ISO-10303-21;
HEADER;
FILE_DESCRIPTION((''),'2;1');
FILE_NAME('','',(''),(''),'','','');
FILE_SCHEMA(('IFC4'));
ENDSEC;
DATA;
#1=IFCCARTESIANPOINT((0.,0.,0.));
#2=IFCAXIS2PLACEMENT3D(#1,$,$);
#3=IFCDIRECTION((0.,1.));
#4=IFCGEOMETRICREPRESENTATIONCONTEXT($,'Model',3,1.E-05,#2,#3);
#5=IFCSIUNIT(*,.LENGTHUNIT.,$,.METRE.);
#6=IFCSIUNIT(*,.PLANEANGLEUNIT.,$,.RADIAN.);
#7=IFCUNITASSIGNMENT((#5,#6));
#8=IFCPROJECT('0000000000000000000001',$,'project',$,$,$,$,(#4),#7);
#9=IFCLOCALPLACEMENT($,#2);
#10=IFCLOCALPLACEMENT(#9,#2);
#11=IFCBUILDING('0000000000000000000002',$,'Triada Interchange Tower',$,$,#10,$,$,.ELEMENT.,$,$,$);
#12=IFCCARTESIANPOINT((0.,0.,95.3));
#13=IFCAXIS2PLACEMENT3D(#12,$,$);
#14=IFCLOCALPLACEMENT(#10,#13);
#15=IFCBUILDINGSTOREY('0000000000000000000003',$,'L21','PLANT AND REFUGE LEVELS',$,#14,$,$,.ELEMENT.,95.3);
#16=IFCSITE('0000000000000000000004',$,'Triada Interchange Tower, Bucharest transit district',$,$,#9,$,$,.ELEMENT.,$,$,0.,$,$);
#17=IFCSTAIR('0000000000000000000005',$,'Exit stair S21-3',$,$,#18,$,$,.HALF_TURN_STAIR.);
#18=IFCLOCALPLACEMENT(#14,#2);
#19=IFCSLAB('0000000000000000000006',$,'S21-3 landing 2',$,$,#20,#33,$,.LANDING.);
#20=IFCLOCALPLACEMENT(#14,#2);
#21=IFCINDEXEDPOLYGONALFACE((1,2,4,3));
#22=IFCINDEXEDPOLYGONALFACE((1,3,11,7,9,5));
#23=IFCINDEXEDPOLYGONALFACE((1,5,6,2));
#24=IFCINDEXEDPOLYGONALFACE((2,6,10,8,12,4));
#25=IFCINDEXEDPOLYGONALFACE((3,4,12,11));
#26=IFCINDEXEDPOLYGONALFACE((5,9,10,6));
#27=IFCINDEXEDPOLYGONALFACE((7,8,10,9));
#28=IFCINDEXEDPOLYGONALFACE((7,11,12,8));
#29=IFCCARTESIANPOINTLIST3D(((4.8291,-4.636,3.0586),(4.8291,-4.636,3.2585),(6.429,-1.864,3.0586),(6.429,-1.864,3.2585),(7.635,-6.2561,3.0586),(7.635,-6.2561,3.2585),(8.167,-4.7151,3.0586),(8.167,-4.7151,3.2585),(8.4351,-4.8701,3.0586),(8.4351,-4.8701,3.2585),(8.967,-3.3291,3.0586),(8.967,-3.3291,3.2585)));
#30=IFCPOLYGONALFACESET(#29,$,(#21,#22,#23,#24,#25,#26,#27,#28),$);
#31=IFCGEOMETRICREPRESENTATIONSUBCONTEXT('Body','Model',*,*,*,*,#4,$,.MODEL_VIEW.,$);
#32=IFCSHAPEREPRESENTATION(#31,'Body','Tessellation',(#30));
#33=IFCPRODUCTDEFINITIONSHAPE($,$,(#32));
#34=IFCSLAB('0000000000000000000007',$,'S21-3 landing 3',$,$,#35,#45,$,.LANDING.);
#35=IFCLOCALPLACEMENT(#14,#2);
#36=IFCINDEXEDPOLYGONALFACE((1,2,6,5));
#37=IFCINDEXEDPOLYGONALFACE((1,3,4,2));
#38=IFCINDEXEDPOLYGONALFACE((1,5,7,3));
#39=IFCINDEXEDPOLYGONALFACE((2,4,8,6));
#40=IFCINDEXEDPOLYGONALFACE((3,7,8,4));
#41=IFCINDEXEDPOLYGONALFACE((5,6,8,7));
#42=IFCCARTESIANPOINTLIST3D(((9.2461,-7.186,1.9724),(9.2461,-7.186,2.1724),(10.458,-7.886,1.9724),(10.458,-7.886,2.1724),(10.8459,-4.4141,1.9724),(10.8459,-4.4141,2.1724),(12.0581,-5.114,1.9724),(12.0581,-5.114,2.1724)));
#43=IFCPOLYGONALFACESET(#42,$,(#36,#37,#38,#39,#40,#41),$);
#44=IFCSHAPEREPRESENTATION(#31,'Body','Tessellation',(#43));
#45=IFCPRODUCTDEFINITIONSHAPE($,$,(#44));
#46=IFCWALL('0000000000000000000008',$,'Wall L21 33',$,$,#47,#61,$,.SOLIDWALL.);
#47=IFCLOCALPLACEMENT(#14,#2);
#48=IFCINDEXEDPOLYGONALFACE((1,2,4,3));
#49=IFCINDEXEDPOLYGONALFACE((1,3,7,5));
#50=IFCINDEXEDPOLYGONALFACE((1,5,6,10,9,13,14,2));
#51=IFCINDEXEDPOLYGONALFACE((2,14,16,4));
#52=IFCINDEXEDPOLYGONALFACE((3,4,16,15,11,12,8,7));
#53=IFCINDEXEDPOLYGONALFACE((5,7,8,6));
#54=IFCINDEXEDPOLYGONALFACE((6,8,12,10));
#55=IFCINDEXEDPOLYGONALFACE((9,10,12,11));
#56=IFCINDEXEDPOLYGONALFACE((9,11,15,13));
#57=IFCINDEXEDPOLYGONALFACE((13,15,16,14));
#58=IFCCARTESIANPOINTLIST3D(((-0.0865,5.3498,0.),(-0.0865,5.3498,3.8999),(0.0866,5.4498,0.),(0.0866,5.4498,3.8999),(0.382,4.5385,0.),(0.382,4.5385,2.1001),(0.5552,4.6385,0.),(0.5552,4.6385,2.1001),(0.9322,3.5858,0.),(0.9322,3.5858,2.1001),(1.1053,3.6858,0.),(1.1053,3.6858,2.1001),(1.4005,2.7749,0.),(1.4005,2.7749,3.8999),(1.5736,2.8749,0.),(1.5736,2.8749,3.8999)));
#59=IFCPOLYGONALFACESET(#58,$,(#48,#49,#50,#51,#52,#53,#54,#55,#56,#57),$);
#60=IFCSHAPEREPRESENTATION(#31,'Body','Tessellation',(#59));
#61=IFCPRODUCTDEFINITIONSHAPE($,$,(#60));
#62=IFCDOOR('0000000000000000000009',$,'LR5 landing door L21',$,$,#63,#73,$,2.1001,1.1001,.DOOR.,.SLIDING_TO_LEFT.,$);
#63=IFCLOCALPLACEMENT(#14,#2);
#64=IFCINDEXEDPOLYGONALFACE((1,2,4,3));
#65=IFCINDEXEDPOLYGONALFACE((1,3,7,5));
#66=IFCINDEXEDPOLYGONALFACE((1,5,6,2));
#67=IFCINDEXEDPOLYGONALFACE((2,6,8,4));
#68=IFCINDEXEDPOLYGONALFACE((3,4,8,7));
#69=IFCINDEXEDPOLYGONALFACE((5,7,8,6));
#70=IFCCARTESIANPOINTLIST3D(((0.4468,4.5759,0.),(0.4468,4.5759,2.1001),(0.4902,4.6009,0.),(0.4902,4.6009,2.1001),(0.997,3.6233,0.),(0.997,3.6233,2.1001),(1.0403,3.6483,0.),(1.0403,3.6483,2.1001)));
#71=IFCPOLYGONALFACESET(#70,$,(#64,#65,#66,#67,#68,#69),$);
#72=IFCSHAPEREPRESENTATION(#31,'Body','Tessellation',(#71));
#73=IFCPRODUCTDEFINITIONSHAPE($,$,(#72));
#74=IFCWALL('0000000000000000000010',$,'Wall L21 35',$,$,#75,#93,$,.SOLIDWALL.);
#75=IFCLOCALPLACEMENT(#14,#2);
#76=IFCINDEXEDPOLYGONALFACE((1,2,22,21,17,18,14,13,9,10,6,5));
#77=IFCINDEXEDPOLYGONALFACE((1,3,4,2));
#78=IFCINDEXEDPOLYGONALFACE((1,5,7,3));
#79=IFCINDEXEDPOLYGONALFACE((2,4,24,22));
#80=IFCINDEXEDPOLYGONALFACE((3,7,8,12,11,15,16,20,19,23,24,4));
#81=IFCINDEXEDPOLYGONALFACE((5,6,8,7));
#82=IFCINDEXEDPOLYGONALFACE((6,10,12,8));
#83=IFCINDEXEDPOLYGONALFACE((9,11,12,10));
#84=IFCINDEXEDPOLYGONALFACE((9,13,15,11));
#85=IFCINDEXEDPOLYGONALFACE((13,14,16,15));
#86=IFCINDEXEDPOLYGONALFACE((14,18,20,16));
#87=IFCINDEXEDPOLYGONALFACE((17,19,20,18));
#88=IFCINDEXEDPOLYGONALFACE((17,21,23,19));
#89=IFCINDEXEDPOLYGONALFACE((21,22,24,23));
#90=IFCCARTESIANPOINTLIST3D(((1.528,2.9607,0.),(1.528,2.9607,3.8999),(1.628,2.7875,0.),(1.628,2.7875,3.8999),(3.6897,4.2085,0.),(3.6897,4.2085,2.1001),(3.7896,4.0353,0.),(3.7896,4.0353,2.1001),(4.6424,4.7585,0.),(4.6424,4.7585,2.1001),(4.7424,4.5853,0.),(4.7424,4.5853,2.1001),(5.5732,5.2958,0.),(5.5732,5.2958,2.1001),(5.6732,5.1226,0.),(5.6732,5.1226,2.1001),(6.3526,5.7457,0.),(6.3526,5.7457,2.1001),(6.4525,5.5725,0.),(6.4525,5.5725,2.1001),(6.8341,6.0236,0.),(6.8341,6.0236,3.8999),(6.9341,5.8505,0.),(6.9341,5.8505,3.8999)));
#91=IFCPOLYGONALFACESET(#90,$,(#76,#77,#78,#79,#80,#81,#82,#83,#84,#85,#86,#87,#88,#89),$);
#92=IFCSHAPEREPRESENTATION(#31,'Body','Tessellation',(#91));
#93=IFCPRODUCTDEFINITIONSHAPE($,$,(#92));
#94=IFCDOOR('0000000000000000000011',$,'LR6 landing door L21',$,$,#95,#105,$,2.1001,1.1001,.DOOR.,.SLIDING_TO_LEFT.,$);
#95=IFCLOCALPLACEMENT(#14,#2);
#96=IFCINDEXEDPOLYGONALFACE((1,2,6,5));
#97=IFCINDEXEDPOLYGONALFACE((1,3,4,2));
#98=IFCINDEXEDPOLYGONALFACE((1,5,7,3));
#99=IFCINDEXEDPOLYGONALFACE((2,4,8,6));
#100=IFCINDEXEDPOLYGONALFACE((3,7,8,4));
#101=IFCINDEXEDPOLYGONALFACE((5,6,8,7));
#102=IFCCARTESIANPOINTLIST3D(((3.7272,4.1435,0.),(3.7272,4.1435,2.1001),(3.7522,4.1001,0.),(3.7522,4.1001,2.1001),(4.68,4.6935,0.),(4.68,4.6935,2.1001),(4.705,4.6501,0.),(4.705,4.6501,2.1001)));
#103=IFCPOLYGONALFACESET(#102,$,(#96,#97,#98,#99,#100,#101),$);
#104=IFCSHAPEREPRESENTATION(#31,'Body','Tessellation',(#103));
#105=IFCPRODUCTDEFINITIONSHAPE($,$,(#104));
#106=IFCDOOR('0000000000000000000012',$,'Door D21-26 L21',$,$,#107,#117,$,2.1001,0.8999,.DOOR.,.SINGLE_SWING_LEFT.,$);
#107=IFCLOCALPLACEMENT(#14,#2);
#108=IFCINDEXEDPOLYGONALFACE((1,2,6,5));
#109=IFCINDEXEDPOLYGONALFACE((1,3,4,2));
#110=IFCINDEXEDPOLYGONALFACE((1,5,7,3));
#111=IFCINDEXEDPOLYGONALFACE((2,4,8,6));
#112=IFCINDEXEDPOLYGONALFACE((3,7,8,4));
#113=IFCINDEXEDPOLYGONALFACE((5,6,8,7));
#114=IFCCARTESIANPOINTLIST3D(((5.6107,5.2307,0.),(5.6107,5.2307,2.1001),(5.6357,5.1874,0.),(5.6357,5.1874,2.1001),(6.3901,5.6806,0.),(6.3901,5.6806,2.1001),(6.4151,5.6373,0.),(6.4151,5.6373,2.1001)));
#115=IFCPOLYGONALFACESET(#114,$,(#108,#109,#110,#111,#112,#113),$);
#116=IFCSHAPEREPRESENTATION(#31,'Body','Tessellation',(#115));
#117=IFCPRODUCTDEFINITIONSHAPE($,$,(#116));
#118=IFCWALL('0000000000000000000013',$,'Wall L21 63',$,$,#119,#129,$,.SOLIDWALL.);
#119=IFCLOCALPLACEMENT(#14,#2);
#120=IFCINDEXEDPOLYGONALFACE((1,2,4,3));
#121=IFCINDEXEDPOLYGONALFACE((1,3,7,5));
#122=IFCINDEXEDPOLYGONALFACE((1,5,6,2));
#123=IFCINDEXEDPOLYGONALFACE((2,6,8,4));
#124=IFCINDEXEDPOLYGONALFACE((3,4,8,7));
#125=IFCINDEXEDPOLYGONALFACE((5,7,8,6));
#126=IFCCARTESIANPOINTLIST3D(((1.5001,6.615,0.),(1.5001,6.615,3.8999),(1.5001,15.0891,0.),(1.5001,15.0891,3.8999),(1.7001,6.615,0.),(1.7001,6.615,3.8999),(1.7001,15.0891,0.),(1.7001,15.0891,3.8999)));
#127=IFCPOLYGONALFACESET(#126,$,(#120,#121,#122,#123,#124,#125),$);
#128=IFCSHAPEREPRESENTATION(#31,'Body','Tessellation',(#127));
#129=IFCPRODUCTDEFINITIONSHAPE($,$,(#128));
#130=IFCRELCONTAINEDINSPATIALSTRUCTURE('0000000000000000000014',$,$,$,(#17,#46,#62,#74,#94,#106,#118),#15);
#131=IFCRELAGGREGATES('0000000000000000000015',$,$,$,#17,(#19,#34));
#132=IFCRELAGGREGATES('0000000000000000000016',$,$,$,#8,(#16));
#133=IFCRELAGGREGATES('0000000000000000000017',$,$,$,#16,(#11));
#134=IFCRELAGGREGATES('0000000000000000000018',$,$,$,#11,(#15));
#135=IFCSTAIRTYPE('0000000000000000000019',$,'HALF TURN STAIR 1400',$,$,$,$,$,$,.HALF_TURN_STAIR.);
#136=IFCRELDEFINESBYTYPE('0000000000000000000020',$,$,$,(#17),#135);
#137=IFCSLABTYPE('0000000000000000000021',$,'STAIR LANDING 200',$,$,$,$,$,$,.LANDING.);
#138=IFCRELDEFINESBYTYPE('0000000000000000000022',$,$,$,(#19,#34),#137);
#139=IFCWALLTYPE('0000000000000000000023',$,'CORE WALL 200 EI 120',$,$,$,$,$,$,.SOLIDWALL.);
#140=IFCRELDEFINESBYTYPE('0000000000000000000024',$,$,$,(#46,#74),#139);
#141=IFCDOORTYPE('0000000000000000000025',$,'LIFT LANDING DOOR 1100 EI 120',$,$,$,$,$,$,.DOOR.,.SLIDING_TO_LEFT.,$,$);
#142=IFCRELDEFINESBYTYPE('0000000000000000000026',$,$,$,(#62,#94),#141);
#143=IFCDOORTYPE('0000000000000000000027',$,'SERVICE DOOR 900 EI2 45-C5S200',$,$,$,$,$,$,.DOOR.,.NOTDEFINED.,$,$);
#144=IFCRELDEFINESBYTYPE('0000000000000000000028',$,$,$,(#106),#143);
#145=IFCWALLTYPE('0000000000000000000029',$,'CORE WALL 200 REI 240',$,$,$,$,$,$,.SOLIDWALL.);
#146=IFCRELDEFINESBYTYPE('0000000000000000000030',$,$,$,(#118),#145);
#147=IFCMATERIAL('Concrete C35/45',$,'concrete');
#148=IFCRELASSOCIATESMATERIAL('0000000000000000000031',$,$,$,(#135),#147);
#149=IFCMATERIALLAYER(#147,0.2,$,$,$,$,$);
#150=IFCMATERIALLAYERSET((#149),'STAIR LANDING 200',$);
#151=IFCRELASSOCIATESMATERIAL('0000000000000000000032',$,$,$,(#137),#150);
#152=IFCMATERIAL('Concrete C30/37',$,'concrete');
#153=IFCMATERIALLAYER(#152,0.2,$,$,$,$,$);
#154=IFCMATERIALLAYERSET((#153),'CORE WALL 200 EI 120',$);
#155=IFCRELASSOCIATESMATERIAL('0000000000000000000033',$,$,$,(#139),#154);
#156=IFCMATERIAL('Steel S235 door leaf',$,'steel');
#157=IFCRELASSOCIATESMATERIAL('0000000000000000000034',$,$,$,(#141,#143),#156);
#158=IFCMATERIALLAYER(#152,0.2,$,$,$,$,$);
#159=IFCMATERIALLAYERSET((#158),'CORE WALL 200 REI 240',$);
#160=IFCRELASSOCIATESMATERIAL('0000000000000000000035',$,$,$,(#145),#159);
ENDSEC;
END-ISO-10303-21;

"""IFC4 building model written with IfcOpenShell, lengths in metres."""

from ifc_helpers import new_model, si_unit, direction, frame, frame_2d, origin, place, context, subcontext, project, spatial, polyline, rectangle, outline, extrude, material, layer, layer_set, type_object, element, fill, aggregate, save


model = new_model("IFC4")

# Units and contexts
model_context = context("Model", 3, precision=1e-05, world=origin(), true_north=direction((0.0, 1.0)))
body_context = subcontext(model_context, "Body", "Model", "MODEL_VIEW")
ifc_project = project(units=[si_unit("LENGTHUNIT", "METRE"), si_unit("PLANEANGLEUNIT", "RADIAN")], contexts=[model_context])

# Site, building, storey
site_placement = place(None, origin())
site = spatial("IfcSite", under=ifc_project, at=site_placement, Name="Triada Interchange Tower, Bucharest transit district", CompositionType="ELEMENT", RefElevation=0.0)
building_placement = place(site_placement, origin())
building = spatial("IfcBuilding", under=site, at=building_placement, Name="Triada Interchange Tower", CompositionType="ELEMENT")
storey_placement = place(building_placement, frame((0.0, 0.0, 95.3)))
storey = spatial("IfcBuildingStorey", under=building, at=storey_placement, Name="L21", Description="PLANT AND REFUGE LEVELS", CompositionType="ELEMENT", Elevation=95.3)

# Stair, slabs
ifc_material_1 = material(Name="Concrete C35/45", Category="concrete")
stair_type = type_object("IfcStairType", Name="HALF TURN STAIR 1400", PredefinedType="HALF_TURN_STAIR", material=ifc_material_1)
ifc_layer_1 = layer(ifc_material_1, 0.2)
ifc_layer_set_1 = layer_set([ifc_layer_1], Name="STAIR LANDING 200")
slab_type_1 = type_object("IfcSlabType", Name="STAIR LANDING 200", PredefinedType="LANDING", material=ifc_layer_set_1)
stair_1_placement = place(storey_placement, origin())
stair_1 = element("IfcStair", 1, at=stair_1_placement, inside=storey, type_object=stair_type, Name="Exit stair S21-3", PredefinedType="HALF_TURN_STAIR")
slab_1_placement = place(storey_placement, frame((0.0, 0.0, 3.0586)))
slab_1 = element("IfcSlab", 2, at=slab_1_placement, type_object=slab_type_1, Name="S21-3 landing 2", PredefinedType="LANDING", context=body_context, shape_type="SweptSolid", body=[
    extrude(outline(polyline([(4.8291, -4.636), (7.635, -6.2561), (8.4351, -4.8701), (8.167, -4.7151), (8.967, -3.3291), (6.429, -1.864), (4.8291, -4.636)])), origin(), (0.0, 0.0, 1.0), 0.2),
])
slab_2_placement = place(storey_placement, frame((0.0, 0.0, 1.9724)))
slab_2 = element("IfcSlab", 3, at=slab_2_placement, type_object=slab_type_1, Name="S21-3 landing 3", PredefinedType="LANDING", context=body_context, shape_type="SweptSolid", body=[
    extrude(outline(polyline([(9.2461, -7.186), (10.458, -7.886), (12.0581, -5.114), (10.8459, -4.4141), (9.2461, -7.186)])), origin(), (0.0, 0.0, 1.0), 0.2),
])
aggregate(stair_1, [slab_1, slab_2])

# Wall, opening, door
ifc_material_2 = material(Name="Concrete C30/37", Category="concrete")
ifc_layer_2 = layer(ifc_material_2, 0.2)
ifc_layer_set_2 = layer_set([ifc_layer_2], Name="CORE WALL 200 EI 120")
wall_type_1 = type_object("IfcWallType", Name="CORE WALL 200 EI 120", PredefinedType="SOLIDWALL", material=ifc_layer_set_2)
wall_1_placement = place(storey_placement, frame((0.0, 5.3999, 0.0), z_axis=(0.0, 0.0, 1.0), x_axis=(0.500104, -0.865965, 0.0)))
wall_1 = element("IfcWall", 4, at=wall_1_placement, inside=storey, type_object=wall_type_1, Name="Wall L21 33", PredefinedType="SOLIDWALL", context=body_context, shape_type="SweptSolid", body=[
    extrude(rectangle(XDim=2.9734, YDim=0.2, at=frame_2d((1.4868, 0.0))), origin(), (0.0, 0.0, 1.0), 3.8999),
])
opening_1_placement = place(wall_1_placement, frame((0.937, 0.0, 0.0)))
opening_1 = element("IfcOpeningElement", 5, at=opening_1_placement, cuts=wall_1, PredefinedType="OPENING", context=body_context, shape_type="SweptSolid", body=[
    extrude(rectangle(XDim=1.1001, YDim=2.1001, at=frame_2d((0.55, 1.05))), frame((0.0, 0.1099, 0.0), z_axis=(0.0, -1.0, 0.0), x_axis=(1.0, 0.0, 0.0)), (0.0, 0.0, 1.0), 0.22),
])
ifc_material_3 = material(Name="Steel S235 door leaf", Category="steel")
door_type_1 = type_object("IfcDoorType", Name="LIFT LANDING DOOR 1100 EI 120", OperationType="SLIDING_TO_LEFT", PredefinedType="DOOR", material=ifc_material_3)
door_1_placement = place(opening_1_placement, origin())
door_1 = element("IfcDoor", 6, at=door_1_placement, inside=storey, type_object=door_type_1, Name="LR5 landing door L21", OperationType="SLIDING_TO_LEFT", OverallHeight=2.1001, OverallWidth=1.1001, PredefinedType="DOOR", context=body_context, shape_type="SweptSolid", body=[
    extrude(rectangle(XDim=1.1001, YDim=2.1001, at=frame_2d((0.55, 1.05))), frame((0.0, 0.0249, 0.0), z_axis=(0.0, -1.0, 0.0), x_axis=(1.0, 0.0, 0.0)), (0.0, 0.0, 1.0), 0.05),
])
fill(opening_1, door_1)

# Wall, openings, doors
wall_2_placement = place(storey_placement, frame((1.5779, 2.874, 0.0), z_axis=(0.0, 0.0, 1.0), x_axis=(0.866062, 0.499936, 0.0)))
wall_2 = element("IfcWall", 7, at=wall_2_placement, inside=storey, type_object=wall_type_1, Name="Wall L21 35", PredefinedType="SOLIDWALL", context=body_context, shape_type="SweptSolid", body=[
    extrude(rectangle(XDim=6.1267, YDim=0.2, at=frame_2d((3.0635, 0.0))), origin(), (0.0, 0.0, 1.0), 3.8999),
])
opening_2_placement = place(wall_2_placement, frame((2.4961, 0.0, 0.0)))
opening_2 = element("IfcOpeningElement", 8, at=opening_2_placement, cuts=wall_2, PredefinedType="OPENING", context=body_context, shape_type="SweptSolid", body=[
    extrude(rectangle(XDim=1.1001, YDim=2.1001, at=frame_2d((0.55, 1.05))), frame((0.0, 0.1099, 0.0), z_axis=(0.0, -1.0, 0.0), x_axis=(1.0, 0.0, 0.0)), (0.0, 0.0, 1.0), 0.22),
])
opening_3_placement = place(wall_2_placement, frame((4.6709, 0.0, 0.0)))
opening_3 = element("IfcOpeningElement", 9, at=opening_3_placement, cuts=wall_2, PredefinedType="OPENING", context=body_context, shape_type="SweptSolid", body=[
    extrude(rectangle(XDim=0.8999, YDim=2.1001, at=frame_2d((0.45, 1.05))), frame((0.0, 0.1099, 0.0), z_axis=(0.0, -1.0, 0.0), x_axis=(1.0, 0.0, 0.0)), (0.0, 0.0, 1.0), 0.22),
])
door_2_placement = place(opening_2_placement, origin())
door_2 = element("IfcDoor", 10, at=door_2_placement, inside=storey, type_object=door_type_1, Name="LR6 landing door L21", OperationType="SLIDING_TO_LEFT", OverallHeight=2.1001, OverallWidth=1.1001, PredefinedType="DOOR", context=body_context, shape_type="SweptSolid", body=[
    extrude(rectangle(XDim=1.1001, YDim=2.1001, at=frame_2d((0.55, 1.05))), frame((0.0, 0.0249, 0.0), z_axis=(0.0, -1.0, 0.0), x_axis=(1.0, 0.0, 0.0)), (0.0, 0.0, 1.0), 0.05),
])
fill(opening_2, door_2)
door_type_2 = type_object("IfcDoorType", Name="SERVICE DOOR 900 EI2 45-C5S200", OperationType="NOTDEFINED", PredefinedType="DOOR", material=ifc_material_3)
door_3_placement = place(opening_3_placement, origin())
door_3 = element("IfcDoor", 11, at=door_3_placement, inside=storey, type_object=door_type_2, Name="Door D21-26 L21", OperationType="SINGLE_SWING_LEFT", OverallHeight=2.1001, OverallWidth=0.8999, PredefinedType="DOOR", context=body_context, shape_type="SweptSolid", body=[
    extrude(rectangle(XDim=0.8999, YDim=2.1001, at=frame_2d((0.45, 1.05))), frame((0.0, 0.0249, 0.0), z_axis=(0.0, -1.0, 0.0), x_axis=(1.0, 0.0, 0.0)), (0.0, 0.0, 1.0), 0.05),
])
fill(opening_3, door_3)

# Wall
ifc_layer_3 = layer(ifc_material_2, 0.2)
ifc_layer_set_3 = layer_set([ifc_layer_3], Name="CORE WALL 200 REI 240")
wall_type_2 = type_object("IfcWallType", Name="CORE WALL 200 REI 240", PredefinedType="SOLIDWALL", material=ifc_layer_set_3)
wall_3_placement = place(storey_placement, frame((1.6001, 6.615, 0.0), z_axis=(0.0, 0.0, 1.0), x_axis=(0.0, 1.0, 0.0)))
element("IfcWall", 12, at=wall_3_placement, inside=storey, type_object=wall_type_2, Name="Wall L21 63", PredefinedType="SOLIDWALL", context=body_context, shape_type="SweptSolid", body=[
    extrude(rectangle(XDim=8.4741, YDim=0.2, at=frame_2d((4.2371, 0.0))), origin(), (0.0, 0.0, 1.0), 3.8999),
])

save(model, "model.ifc")
